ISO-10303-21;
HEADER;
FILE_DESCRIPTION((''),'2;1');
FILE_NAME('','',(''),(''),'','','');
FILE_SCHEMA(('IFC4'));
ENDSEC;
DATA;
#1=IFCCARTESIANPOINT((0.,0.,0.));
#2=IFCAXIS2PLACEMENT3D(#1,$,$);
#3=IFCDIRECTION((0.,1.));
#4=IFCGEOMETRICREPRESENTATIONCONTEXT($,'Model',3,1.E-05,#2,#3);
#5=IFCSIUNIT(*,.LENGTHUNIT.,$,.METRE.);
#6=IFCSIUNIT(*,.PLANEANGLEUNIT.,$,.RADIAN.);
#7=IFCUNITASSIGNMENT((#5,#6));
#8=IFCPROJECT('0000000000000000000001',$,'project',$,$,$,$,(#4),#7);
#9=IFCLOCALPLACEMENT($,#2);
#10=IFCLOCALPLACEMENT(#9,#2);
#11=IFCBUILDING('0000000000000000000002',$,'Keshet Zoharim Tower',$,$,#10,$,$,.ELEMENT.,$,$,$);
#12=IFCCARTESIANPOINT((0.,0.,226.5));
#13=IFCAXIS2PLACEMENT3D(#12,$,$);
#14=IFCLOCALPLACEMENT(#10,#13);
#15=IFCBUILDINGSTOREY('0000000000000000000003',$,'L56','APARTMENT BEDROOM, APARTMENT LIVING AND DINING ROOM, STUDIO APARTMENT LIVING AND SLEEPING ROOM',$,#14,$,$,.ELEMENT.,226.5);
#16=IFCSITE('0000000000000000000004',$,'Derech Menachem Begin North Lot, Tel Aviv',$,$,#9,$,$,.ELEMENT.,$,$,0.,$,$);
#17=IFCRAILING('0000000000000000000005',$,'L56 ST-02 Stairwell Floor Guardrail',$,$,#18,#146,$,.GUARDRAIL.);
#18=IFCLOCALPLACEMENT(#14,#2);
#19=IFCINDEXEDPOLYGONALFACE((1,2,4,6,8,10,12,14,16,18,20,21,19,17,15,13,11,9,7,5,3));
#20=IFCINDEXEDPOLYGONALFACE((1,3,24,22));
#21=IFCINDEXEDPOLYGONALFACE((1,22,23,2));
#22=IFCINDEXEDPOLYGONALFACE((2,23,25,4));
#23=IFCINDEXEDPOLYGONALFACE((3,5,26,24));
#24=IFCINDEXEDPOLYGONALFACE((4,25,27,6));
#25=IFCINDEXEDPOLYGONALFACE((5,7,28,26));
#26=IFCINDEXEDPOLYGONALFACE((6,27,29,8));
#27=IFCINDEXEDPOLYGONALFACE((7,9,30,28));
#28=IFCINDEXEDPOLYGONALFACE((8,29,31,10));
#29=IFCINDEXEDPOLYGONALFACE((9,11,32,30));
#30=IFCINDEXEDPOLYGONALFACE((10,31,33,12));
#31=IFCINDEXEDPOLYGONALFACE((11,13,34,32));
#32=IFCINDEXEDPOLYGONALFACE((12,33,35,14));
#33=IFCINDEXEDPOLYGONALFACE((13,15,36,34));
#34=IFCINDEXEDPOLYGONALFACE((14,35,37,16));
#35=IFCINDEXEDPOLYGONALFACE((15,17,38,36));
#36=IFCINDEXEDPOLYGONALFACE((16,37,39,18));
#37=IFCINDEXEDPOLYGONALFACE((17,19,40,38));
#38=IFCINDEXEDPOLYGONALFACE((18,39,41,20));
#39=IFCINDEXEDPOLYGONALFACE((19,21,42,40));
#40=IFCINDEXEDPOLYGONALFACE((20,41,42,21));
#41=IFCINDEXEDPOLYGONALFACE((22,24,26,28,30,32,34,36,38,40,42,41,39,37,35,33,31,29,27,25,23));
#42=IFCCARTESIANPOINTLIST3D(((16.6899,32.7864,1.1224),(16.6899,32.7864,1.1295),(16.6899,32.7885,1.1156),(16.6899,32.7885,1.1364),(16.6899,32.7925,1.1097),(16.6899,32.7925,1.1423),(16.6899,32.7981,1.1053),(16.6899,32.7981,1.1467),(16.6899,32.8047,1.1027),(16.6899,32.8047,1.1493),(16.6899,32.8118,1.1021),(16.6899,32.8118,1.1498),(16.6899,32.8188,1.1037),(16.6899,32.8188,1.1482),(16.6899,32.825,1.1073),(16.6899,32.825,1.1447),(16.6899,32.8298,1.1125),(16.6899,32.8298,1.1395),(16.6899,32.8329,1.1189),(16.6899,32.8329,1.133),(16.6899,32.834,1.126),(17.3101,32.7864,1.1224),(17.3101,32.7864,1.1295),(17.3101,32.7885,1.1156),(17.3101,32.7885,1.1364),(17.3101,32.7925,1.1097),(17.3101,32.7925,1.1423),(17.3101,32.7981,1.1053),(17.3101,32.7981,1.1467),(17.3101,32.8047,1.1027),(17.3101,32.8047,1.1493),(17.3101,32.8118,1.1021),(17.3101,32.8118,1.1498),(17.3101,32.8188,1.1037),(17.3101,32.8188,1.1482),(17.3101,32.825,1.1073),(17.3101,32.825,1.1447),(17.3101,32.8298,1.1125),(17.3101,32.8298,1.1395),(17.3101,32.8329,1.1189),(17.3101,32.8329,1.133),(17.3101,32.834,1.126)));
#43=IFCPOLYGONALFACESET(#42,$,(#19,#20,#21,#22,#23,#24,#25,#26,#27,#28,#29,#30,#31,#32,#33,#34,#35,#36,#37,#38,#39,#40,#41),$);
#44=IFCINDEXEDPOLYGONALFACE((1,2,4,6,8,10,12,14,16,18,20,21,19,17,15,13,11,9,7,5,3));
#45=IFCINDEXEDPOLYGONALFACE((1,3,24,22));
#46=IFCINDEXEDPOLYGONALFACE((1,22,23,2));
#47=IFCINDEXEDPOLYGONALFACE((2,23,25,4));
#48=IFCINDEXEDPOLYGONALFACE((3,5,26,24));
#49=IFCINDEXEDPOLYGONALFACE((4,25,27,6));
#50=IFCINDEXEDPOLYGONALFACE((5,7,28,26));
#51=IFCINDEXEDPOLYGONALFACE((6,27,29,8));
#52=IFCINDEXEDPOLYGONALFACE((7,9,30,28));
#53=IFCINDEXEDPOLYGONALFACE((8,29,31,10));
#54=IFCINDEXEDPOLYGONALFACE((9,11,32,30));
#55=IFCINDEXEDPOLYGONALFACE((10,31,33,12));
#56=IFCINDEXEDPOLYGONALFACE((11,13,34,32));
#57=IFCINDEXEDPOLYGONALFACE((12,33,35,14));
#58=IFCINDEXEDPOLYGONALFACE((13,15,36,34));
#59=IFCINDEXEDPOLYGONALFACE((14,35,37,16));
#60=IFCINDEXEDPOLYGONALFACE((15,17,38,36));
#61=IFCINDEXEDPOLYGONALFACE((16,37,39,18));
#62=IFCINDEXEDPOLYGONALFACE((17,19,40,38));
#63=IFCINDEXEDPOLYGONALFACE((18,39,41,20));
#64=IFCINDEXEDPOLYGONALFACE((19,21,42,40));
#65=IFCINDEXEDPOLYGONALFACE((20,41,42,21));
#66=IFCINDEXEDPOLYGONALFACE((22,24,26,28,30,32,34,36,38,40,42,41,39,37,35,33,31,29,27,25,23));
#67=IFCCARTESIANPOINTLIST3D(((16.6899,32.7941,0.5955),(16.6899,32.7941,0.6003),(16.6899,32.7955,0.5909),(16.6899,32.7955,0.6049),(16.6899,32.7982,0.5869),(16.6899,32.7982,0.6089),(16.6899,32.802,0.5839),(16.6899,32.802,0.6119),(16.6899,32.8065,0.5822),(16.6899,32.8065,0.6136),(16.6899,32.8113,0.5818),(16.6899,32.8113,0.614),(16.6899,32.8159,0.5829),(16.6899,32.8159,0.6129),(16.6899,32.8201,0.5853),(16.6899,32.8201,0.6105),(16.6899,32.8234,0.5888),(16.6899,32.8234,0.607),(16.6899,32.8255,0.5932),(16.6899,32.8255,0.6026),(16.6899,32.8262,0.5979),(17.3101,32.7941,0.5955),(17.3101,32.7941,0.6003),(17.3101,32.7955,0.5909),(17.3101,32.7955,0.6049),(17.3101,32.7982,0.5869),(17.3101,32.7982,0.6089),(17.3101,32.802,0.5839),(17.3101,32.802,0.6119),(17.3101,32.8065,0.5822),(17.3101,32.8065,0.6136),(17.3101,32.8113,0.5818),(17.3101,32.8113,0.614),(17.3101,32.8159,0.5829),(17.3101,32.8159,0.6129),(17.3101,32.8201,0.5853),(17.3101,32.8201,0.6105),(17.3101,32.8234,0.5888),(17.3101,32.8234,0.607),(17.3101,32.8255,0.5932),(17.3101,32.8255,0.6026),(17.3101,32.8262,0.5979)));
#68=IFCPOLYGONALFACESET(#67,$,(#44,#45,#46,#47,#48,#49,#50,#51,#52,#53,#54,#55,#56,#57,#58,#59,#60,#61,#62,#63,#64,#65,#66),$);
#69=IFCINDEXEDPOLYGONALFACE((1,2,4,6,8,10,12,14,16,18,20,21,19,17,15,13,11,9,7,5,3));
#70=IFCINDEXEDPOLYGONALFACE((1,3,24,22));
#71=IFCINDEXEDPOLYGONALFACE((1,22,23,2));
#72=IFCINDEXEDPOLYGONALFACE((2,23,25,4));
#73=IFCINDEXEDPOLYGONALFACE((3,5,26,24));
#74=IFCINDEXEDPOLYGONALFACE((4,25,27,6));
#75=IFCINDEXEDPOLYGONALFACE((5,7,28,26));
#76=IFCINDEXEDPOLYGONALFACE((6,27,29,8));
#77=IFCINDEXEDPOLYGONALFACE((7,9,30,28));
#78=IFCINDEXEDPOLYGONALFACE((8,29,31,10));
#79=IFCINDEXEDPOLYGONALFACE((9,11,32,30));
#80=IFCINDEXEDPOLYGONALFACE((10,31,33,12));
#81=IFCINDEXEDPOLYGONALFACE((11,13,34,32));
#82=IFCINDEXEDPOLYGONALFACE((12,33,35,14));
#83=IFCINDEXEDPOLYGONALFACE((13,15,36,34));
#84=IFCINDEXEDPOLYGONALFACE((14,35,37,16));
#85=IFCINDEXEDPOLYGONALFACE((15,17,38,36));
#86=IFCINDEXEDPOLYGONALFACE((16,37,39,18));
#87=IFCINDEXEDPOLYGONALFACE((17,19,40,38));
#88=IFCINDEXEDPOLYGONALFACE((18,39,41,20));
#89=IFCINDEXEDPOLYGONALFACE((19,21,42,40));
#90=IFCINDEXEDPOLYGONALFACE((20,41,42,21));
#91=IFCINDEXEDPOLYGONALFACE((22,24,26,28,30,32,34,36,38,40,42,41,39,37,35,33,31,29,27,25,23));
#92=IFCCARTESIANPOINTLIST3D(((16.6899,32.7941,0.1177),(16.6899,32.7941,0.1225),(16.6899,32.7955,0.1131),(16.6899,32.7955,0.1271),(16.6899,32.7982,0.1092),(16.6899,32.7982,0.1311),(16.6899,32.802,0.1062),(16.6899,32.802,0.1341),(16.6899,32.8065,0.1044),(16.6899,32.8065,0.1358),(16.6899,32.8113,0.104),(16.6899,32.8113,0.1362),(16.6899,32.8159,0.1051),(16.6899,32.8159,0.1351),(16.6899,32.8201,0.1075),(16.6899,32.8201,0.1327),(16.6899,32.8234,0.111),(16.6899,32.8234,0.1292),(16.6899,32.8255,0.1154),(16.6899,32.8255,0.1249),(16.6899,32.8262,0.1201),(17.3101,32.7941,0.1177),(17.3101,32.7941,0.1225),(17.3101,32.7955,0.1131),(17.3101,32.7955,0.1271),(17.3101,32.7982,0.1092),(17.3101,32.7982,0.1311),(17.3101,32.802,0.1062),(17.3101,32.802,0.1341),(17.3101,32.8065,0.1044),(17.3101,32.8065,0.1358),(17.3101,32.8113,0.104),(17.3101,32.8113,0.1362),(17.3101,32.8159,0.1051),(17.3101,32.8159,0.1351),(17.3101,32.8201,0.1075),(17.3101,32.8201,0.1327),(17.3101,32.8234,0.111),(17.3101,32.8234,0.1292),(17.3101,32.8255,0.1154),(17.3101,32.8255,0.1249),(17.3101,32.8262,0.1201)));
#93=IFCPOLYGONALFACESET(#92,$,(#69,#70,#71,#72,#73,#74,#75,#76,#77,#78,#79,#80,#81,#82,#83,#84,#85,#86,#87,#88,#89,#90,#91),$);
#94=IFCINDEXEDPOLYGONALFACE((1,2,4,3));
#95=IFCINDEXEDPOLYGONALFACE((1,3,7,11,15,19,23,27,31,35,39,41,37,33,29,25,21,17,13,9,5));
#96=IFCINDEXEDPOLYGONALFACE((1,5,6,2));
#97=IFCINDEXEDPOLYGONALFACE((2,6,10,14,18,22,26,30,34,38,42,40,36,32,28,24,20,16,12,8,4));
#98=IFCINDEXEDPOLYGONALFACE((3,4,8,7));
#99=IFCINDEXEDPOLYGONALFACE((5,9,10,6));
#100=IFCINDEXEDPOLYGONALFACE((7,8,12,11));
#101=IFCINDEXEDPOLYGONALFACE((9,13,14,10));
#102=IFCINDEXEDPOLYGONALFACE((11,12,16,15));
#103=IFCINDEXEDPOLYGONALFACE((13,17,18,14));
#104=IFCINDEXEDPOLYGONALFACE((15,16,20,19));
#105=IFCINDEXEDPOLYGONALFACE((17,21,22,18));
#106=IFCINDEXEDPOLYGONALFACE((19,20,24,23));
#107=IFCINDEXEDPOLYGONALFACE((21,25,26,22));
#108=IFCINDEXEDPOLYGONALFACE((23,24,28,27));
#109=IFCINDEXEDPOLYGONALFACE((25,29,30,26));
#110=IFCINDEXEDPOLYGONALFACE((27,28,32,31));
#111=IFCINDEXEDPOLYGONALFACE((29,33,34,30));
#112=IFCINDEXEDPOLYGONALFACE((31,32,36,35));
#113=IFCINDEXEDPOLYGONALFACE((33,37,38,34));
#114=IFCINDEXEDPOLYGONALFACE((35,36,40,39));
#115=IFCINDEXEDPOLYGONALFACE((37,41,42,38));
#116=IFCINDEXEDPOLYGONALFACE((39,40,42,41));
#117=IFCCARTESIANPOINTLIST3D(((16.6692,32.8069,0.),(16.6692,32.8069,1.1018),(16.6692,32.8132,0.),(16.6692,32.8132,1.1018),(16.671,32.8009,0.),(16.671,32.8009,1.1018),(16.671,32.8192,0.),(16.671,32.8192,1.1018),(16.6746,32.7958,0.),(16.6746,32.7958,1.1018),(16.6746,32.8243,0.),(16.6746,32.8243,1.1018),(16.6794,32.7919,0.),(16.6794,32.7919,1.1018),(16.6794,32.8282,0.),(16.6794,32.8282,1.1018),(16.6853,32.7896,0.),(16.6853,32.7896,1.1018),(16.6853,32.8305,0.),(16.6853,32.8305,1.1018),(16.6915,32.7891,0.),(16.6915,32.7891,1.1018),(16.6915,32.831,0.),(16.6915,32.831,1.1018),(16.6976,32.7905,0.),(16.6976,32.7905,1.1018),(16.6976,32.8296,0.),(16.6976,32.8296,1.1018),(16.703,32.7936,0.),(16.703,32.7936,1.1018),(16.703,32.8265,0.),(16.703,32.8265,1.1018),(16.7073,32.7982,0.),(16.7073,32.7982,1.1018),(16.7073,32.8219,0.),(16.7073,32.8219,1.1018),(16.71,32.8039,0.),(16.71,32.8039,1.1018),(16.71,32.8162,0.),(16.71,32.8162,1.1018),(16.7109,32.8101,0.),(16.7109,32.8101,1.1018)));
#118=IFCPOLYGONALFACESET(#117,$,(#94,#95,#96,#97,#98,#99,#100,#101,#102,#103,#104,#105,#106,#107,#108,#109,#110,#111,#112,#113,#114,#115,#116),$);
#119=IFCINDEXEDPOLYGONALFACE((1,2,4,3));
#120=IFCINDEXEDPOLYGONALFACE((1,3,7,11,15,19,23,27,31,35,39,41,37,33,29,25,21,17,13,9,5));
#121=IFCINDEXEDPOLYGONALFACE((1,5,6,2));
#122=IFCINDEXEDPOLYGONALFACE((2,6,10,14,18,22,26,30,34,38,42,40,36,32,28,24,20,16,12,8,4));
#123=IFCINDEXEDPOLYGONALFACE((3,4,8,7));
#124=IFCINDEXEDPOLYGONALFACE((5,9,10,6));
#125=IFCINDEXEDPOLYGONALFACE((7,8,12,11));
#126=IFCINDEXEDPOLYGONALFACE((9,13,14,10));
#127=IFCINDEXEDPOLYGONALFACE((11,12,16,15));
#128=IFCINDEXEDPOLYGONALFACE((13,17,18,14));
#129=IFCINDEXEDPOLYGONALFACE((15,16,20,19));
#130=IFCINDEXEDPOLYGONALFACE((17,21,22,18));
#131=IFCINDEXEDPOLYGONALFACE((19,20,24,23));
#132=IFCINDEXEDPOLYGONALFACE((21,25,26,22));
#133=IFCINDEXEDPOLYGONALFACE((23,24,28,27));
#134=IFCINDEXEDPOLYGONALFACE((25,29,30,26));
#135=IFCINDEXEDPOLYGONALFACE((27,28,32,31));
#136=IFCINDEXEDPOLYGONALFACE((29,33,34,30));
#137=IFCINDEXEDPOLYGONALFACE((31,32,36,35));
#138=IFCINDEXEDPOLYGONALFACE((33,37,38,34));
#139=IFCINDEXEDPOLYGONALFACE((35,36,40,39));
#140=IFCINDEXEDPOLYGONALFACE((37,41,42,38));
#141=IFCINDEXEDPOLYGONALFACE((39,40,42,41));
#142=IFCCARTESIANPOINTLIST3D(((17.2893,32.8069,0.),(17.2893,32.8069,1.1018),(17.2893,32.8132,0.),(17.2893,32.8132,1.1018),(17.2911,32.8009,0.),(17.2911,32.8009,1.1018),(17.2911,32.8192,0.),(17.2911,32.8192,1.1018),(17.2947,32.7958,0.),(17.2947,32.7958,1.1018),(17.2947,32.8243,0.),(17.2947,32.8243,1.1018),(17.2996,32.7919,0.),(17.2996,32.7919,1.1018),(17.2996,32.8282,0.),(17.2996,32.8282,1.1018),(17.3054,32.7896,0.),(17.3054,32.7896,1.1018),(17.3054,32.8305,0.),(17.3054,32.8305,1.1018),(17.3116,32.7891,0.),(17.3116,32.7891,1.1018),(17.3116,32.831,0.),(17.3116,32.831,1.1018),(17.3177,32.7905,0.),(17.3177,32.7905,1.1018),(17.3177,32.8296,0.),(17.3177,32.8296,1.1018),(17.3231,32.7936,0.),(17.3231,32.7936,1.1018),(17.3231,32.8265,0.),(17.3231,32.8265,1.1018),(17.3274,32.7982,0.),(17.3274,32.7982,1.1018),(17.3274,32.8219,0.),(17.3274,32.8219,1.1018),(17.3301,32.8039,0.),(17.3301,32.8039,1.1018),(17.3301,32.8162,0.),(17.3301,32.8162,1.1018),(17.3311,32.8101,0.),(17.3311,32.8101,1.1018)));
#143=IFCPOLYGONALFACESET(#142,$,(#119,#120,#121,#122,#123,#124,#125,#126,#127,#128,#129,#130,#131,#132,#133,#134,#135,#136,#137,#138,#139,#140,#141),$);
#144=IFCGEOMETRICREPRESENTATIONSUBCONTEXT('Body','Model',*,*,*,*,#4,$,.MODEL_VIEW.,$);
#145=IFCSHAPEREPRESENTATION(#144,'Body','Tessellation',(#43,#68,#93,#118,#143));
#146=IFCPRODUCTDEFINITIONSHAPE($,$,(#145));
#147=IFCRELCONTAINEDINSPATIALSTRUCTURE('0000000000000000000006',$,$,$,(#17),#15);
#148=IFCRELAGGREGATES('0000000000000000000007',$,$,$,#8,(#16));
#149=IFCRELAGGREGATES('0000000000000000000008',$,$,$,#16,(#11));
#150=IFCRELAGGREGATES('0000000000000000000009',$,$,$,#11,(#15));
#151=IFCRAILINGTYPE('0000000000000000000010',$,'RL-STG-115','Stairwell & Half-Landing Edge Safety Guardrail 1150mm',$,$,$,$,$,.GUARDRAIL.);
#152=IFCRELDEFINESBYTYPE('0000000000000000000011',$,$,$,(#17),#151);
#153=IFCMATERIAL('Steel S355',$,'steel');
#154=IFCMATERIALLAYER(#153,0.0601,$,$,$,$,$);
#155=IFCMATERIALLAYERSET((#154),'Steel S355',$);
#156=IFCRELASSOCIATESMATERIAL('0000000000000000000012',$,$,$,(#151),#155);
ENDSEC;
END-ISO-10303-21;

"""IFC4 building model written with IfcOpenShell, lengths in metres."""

from ifc_helpers import new_model, si_unit, direction, frame, origin, origin_2d, place, context, subcontext, project, spatial, circle, extrude, material, layer, layer_set, type_object, element, save


model = new_model("IFC4")

# Units and contexts
model_context = context("Model", 3, precision=1e-05, world=origin(), true_north=direction((0.0, 1.0)))
body_context = subcontext(model_context, "Body", "Model", "MODEL_VIEW")
ifc_project = project(units=[si_unit("LENGTHUNIT", "METRE"), si_unit("PLANEANGLEUNIT", "RADIAN")], contexts=[model_context])

# Site, building, storey
site_placement = place(None, origin())
site = spatial("IfcSite", under=ifc_project, at=site_placement, Name="Derech Menachem Begin North Lot, Tel Aviv", CompositionType="ELEMENT", RefElevation=0.0)
building_placement = place(site_placement, origin())
building = spatial("IfcBuilding", under=site, at=building_placement, Name="Keshet Zoharim Tower", CompositionType="ELEMENT")
storey_placement = place(building_placement, frame((0.0, 0.0, 226.5)))
storey = spatial("IfcBuildingStorey", under=building, at=storey_placement, Name="L56", Description="APARTMENT BEDROOM, APARTMENT LIVING AND DINING ROOM, STUDIO APARTMENT LIVING AND SLEEPING ROOM", CompositionType="ELEMENT", Elevation=226.5)

# Shared definitions
ifc_material_1 = material(Name="Steel S355", Category="steel")

# Railing
ifc_layer_1 = layer(ifc_material_1, 0.0601)
ifc_layer_set_1 = layer_set([ifc_layer_1], Name="Steel S355")
railing_type_1 = type_object("IfcRailingType", Name="RL-STG-115", Description="Stairwell & Half-Landing Edge Safety Guardrail 1150mm", PredefinedType="GUARDRAIL", material=ifc_layer_set_1)
railing_1_placement = place(storey_placement, frame((16.6899, 32.8101, 0.0)))
element("IfcRailing", 1, at=railing_1_placement, inside=storey, type_object=railing_type_1, Name="L56 ST-02 Stairwell Floor Guardrail", PredefinedType="GUARDRAIL", context=body_context, shape_type="SweptSolid", body=[
    extrude(circle(Radius=0.0239, at=origin_2d()), frame((0.0, 0.0, 1.126), z_axis=(1.0, 0.0, 0.0), x_axis=(0.0, 1.0, 0.0)), (0.0, 0.0, 1.0), 0.6201),
    extrude(circle(Radius=0.0161, at=origin_2d()), frame((0.0, 0.0, 0.5979), z_axis=(1.0, 0.0, 0.0), x_axis=(0.0, 1.0, 0.0)), (0.0, 0.0, 1.0), 0.6201),
    extrude(circle(Radius=0.0161, at=origin_2d()), frame((0.0, 0.0, 0.1201), z_axis=(1.0, 0.0, 0.0), x_axis=(0.0, 1.0, 0.0)), (0.0, 0.0, 1.0), 0.6201),
    extrude(circle(Radius=0.021, at=origin_2d()), origin(), (0.0, 0.0, 1.0), 1.1018),
    extrude(circle(Radius=0.021, at=origin_2d()), frame((0.6201, 0.0, 0.0)), (0.0, 0.0, 1.0), 1.1018),
])

save(model, "model.ifc")
